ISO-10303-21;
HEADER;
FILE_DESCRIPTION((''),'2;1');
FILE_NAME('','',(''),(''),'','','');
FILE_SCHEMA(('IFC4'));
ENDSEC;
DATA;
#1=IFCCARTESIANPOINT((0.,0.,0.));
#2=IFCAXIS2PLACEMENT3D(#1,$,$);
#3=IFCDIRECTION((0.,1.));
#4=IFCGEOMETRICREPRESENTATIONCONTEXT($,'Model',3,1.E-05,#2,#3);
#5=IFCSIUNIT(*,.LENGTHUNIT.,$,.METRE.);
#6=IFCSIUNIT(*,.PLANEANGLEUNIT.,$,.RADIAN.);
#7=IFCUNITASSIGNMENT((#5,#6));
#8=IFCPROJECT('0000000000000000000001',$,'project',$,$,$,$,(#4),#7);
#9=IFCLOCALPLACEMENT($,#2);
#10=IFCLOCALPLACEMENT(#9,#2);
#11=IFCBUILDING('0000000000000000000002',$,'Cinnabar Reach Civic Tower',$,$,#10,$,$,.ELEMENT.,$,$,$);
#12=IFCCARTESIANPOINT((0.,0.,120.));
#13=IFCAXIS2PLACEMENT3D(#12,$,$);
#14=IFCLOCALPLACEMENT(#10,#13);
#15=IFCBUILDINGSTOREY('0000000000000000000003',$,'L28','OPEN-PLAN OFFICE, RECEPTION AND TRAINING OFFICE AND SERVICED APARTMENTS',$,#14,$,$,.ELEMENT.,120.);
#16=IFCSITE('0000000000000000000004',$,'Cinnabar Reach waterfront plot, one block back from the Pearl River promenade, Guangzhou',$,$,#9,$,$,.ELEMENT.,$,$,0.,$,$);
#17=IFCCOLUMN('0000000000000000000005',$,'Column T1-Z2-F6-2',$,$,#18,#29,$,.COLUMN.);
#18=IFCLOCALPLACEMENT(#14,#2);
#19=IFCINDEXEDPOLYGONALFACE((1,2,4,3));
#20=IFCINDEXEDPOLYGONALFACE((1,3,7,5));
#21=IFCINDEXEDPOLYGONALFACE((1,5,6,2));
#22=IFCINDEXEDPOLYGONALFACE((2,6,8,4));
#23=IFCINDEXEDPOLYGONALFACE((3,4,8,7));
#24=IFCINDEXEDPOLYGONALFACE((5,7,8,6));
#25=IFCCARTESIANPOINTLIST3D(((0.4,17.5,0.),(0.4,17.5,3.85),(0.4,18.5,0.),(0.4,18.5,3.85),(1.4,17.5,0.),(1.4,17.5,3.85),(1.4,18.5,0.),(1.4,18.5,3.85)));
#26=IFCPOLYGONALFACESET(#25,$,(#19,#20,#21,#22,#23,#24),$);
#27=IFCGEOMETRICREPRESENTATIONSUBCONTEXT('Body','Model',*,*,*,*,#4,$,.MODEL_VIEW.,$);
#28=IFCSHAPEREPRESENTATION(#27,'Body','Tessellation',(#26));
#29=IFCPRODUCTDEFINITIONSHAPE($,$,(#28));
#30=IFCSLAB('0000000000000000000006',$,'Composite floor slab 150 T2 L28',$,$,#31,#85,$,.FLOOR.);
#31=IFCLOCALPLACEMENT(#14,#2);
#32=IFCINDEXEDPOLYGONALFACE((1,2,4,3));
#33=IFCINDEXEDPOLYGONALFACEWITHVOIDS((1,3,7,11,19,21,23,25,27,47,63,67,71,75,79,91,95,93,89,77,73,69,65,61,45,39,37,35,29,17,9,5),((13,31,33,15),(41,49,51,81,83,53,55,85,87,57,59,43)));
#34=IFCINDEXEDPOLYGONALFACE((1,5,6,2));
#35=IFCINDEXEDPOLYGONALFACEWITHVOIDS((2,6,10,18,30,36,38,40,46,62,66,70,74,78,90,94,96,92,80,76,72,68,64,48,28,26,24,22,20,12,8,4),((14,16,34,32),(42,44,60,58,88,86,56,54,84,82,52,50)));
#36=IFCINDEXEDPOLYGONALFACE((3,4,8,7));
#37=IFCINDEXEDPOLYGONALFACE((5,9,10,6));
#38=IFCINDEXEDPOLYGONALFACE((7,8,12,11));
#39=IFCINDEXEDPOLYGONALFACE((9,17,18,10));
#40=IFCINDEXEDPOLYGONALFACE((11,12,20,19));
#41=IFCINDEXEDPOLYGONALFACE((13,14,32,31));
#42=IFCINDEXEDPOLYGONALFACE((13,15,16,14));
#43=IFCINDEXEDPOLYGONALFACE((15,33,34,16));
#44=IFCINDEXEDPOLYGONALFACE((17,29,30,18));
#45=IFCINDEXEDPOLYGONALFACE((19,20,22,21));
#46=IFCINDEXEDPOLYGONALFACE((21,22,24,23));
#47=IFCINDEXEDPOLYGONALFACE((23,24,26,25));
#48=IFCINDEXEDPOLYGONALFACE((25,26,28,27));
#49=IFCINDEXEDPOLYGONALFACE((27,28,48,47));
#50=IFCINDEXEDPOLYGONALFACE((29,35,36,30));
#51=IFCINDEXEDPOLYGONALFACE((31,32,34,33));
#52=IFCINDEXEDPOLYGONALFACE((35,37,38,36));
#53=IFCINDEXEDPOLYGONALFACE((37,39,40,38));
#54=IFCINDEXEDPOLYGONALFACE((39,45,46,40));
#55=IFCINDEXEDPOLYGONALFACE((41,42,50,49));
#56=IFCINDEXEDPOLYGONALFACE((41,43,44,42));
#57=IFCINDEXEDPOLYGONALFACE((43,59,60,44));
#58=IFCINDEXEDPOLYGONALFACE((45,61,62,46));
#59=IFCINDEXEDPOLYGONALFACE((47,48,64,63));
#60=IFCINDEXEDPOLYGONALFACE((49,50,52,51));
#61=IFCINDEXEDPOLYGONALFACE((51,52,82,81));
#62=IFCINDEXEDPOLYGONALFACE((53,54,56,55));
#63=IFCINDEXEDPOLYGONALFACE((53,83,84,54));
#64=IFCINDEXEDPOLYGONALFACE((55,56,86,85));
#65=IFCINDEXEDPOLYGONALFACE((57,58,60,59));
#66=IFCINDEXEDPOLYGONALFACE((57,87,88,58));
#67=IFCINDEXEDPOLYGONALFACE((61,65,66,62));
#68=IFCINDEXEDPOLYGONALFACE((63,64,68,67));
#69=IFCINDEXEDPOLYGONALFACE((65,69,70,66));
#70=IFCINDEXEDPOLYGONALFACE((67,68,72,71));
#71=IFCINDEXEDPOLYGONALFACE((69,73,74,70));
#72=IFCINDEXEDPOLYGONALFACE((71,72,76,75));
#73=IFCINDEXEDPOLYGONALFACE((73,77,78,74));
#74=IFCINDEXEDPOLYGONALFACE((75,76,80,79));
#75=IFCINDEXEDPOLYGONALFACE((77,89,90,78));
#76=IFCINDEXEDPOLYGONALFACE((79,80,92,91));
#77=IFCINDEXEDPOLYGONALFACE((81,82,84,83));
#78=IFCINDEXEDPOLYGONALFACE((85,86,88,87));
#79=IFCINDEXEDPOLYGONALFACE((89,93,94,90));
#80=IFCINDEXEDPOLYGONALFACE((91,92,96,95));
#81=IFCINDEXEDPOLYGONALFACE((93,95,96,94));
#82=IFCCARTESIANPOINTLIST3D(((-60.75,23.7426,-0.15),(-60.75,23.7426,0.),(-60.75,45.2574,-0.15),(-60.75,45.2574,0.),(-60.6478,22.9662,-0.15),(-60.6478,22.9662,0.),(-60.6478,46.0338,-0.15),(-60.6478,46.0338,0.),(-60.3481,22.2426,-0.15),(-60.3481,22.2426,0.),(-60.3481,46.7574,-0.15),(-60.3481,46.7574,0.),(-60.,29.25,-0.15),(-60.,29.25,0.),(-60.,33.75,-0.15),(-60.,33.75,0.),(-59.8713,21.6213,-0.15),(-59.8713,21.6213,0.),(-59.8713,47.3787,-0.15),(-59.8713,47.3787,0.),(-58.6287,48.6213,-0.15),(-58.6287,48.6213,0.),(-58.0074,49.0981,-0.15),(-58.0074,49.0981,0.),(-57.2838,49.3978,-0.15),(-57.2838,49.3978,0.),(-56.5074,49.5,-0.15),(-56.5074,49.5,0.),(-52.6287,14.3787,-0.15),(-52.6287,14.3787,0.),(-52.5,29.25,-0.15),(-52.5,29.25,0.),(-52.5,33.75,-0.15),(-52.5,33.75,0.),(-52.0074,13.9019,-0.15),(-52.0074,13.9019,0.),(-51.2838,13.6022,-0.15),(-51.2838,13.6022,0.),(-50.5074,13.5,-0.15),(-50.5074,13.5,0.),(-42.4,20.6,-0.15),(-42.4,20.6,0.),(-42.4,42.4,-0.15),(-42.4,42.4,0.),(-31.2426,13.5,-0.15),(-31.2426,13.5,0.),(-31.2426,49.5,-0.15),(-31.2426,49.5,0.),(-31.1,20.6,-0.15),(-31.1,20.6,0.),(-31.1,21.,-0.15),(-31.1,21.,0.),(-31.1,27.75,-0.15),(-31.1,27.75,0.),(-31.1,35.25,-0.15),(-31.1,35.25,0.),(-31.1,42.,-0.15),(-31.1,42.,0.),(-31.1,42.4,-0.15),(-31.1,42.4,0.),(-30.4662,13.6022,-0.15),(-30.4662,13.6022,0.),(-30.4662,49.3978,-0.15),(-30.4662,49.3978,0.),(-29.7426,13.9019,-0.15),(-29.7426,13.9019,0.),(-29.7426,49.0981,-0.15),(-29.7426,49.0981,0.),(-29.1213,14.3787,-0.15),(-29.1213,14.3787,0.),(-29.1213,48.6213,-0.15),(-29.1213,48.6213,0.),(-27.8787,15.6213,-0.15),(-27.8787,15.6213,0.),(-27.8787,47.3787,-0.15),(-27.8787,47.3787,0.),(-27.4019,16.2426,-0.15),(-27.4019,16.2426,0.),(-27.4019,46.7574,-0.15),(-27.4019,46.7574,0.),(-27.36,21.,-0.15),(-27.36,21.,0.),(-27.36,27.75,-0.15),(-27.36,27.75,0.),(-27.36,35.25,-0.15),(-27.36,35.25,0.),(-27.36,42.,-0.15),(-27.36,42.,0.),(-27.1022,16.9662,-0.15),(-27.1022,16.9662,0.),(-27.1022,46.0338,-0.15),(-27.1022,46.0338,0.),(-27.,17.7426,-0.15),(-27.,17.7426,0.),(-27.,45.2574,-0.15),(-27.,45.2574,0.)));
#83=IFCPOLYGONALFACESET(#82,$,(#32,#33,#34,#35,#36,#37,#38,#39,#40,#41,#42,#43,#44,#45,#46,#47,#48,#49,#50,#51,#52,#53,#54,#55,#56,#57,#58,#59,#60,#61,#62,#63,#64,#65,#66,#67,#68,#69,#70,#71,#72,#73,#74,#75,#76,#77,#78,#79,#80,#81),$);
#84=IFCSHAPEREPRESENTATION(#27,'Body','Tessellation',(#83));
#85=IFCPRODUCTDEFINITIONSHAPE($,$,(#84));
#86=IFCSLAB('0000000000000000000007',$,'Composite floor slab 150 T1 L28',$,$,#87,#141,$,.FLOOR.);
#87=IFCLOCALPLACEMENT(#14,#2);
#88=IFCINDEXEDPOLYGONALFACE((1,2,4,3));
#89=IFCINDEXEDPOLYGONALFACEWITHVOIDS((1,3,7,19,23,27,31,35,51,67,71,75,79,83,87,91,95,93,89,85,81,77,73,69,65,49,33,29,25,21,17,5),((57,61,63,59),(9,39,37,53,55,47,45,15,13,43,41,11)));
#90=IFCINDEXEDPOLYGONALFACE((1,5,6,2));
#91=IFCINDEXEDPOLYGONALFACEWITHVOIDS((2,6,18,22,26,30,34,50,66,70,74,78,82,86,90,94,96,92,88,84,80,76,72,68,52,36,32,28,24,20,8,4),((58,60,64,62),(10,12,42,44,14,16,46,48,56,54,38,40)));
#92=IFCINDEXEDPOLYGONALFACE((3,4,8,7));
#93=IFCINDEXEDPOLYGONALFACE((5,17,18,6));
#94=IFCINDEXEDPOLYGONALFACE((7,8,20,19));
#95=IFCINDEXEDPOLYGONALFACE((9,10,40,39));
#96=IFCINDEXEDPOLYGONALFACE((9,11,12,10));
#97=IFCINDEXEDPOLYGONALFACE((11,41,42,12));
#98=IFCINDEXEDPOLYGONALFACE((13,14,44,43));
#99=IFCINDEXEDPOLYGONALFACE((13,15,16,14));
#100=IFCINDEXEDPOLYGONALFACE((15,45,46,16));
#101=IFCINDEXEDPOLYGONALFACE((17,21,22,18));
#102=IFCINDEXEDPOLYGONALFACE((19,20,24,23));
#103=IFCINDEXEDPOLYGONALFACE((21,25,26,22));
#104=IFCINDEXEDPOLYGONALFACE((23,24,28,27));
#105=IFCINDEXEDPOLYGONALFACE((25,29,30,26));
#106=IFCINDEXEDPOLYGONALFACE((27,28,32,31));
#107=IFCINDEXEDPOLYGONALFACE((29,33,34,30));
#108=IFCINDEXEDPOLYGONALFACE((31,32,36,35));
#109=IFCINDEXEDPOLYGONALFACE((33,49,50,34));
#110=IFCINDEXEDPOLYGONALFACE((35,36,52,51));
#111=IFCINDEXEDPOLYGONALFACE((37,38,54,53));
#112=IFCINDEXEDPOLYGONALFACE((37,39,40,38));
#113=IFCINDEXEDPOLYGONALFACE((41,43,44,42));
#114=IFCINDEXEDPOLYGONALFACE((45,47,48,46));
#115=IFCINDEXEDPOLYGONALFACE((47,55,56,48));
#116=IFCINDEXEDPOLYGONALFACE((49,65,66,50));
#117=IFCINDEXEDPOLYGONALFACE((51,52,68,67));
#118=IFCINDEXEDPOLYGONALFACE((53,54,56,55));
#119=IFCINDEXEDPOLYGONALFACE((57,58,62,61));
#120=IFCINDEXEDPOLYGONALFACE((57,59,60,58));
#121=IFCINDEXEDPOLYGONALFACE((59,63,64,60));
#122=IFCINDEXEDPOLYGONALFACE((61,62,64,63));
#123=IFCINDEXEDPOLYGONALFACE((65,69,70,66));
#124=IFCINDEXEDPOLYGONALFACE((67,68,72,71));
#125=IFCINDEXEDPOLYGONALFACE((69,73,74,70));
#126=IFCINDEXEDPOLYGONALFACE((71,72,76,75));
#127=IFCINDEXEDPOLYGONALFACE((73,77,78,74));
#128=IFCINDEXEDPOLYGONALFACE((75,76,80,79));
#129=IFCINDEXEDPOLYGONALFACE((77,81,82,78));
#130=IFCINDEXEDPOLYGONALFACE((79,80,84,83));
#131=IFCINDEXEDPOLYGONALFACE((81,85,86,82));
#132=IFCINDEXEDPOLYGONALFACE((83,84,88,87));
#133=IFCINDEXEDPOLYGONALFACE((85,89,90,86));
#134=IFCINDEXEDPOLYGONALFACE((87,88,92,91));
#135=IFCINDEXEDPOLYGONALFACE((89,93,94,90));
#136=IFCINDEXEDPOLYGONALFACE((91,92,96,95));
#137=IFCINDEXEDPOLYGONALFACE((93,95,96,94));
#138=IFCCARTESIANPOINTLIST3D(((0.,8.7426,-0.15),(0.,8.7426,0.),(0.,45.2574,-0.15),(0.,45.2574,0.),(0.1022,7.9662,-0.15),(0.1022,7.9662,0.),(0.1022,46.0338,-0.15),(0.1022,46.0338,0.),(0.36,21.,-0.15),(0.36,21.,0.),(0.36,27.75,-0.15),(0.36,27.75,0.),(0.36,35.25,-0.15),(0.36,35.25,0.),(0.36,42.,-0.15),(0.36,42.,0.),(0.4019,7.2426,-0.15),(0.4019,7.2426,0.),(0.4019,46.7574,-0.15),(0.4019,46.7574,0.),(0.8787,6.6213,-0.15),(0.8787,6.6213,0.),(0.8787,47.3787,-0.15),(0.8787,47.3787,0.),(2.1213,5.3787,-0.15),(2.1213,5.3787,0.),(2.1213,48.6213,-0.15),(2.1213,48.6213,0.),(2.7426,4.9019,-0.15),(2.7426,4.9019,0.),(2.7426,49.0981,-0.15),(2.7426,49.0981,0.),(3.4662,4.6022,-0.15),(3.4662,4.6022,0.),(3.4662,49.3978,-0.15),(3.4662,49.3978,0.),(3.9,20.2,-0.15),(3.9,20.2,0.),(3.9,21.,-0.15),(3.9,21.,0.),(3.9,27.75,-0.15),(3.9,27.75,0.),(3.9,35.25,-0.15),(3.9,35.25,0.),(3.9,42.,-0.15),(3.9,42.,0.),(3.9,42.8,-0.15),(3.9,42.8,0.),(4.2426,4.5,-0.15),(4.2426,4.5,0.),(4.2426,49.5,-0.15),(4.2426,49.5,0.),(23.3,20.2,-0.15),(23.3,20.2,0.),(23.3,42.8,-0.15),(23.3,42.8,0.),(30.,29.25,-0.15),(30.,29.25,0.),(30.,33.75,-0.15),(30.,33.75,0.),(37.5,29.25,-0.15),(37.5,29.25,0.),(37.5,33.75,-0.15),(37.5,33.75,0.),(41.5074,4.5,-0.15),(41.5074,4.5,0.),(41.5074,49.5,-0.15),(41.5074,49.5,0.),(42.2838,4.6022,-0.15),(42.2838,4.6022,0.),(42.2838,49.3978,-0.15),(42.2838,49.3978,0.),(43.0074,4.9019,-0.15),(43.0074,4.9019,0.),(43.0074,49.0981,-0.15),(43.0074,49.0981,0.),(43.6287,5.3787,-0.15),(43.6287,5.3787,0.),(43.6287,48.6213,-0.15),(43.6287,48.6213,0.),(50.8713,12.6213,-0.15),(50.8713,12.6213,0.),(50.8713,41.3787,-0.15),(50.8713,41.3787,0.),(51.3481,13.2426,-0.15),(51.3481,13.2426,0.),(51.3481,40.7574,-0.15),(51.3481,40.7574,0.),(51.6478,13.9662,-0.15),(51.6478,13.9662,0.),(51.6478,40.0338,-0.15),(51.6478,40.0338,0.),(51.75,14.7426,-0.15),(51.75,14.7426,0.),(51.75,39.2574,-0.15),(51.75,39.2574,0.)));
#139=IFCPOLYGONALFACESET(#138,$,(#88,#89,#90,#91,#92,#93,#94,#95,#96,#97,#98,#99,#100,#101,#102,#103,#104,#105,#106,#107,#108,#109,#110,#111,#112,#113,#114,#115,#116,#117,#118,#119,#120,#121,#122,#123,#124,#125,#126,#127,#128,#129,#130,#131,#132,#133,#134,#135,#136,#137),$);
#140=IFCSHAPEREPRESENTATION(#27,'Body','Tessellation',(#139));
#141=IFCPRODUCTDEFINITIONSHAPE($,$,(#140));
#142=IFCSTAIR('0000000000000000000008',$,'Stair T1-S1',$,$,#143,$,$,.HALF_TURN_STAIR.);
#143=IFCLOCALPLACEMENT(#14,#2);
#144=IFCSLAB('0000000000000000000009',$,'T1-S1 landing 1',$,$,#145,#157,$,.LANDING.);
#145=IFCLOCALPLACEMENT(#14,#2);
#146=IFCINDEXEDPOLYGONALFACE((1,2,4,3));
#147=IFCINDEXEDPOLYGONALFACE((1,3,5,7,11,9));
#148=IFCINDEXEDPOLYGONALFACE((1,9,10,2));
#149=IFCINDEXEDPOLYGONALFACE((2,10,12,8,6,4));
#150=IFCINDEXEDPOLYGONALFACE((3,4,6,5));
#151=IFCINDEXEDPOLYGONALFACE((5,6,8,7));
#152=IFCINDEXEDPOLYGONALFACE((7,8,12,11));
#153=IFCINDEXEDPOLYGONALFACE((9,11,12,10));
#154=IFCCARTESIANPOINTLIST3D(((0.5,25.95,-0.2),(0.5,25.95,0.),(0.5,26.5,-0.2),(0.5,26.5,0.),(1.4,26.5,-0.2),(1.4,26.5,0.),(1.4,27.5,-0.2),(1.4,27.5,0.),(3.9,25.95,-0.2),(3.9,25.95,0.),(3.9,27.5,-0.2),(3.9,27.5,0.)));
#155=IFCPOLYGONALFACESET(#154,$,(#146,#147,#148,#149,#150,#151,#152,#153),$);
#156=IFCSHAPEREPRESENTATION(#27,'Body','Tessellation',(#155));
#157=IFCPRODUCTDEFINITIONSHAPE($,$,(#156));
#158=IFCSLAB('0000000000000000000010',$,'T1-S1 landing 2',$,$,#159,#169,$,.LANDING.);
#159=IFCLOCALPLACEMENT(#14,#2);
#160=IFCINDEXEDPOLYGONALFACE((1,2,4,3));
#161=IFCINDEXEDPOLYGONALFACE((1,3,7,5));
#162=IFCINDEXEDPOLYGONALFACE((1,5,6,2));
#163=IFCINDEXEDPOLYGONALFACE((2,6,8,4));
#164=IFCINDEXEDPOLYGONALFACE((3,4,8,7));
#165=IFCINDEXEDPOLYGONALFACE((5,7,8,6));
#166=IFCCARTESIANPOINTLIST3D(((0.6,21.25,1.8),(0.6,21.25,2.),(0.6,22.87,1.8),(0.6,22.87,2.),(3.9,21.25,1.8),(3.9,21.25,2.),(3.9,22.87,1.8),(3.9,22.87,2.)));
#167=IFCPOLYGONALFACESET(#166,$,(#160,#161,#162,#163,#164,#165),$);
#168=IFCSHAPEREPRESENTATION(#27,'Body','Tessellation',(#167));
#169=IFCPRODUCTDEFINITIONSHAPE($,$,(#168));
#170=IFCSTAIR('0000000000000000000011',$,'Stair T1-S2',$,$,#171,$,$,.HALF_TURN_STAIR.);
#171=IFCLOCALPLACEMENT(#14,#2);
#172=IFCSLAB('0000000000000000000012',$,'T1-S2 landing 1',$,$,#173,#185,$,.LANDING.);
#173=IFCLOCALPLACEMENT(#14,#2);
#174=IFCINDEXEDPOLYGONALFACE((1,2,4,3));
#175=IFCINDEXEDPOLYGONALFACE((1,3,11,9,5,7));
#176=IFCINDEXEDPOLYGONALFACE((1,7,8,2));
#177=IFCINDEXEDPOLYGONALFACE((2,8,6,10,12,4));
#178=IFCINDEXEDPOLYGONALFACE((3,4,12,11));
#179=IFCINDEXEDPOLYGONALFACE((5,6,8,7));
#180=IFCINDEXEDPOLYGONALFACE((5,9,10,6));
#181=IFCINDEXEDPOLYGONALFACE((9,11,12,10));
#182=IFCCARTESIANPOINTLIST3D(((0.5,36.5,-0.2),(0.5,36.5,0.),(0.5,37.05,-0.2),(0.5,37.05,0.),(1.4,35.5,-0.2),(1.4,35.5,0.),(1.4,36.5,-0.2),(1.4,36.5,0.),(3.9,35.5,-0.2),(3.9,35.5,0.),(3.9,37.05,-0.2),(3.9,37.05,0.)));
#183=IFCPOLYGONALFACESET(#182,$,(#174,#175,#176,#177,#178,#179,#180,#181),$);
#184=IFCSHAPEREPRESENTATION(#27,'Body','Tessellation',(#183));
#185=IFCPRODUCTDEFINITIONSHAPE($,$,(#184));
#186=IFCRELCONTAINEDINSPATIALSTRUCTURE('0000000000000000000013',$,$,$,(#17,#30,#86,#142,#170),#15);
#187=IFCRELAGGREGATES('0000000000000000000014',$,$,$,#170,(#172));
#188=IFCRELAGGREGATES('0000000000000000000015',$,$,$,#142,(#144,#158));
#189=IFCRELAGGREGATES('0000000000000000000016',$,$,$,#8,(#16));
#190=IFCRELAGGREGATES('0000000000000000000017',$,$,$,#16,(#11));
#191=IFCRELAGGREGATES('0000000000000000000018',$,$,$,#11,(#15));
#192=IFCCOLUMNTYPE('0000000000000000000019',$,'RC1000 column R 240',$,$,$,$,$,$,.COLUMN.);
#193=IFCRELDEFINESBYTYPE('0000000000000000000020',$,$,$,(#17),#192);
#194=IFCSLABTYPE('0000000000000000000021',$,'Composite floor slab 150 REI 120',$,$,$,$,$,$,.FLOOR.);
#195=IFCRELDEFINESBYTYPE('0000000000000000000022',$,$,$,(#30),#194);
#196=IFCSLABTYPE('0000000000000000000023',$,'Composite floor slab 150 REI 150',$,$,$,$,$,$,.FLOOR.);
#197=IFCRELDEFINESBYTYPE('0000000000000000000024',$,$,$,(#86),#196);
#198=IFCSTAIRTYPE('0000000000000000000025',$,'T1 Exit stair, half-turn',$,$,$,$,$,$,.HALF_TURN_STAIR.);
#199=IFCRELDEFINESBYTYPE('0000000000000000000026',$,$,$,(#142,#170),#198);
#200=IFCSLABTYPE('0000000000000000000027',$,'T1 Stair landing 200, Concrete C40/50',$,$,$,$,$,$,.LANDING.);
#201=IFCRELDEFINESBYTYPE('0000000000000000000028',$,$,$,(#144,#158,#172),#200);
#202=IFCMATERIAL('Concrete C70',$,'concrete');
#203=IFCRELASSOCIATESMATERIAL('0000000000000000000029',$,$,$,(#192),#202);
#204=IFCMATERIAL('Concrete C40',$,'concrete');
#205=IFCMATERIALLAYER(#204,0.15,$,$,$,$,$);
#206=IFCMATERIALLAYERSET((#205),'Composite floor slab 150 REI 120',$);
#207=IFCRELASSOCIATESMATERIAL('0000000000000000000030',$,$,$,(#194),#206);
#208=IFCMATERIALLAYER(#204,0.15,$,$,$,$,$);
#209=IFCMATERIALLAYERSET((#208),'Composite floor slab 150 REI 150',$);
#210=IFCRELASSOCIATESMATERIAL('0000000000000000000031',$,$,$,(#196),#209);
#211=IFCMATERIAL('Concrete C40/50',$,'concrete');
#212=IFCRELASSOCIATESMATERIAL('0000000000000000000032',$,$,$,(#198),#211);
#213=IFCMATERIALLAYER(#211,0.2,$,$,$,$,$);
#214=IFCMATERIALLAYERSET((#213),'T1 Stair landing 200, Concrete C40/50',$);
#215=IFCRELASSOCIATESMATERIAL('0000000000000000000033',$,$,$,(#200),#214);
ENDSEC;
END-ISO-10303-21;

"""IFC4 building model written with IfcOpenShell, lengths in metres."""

from ifc_helpers import new_model, si_unit, direction, frame, origin, origin_2d, place, context, subcontext, project, spatial, polyline, rectangle, outline, extrude, material, layer, layer_set, material_profile, profile_set, type_object, element, aggregate, save


model = new_model("IFC4")

# Units and contexts
model_context = context("Model", 3, precision=1e-05, world=origin(), true_north=direction((0.0, 1.0)))
body_context = subcontext(model_context, "Body", "Model", "MODEL_VIEW")
ifc_project = project(units=[si_unit("LENGTHUNIT", "METRE"), si_unit("PLANEANGLEUNIT", "RADIAN")], contexts=[model_context])

# Site, building, storey
site_placement = place(None, origin())
site = spatial("IfcSite", under=ifc_project, at=site_placement, Name="Cinnabar Reach waterfront plot, one block back from the Pearl River promenade, Guangzhou", CompositionType="ELEMENT", RefElevation=0.0)
building_placement = place(site_placement, origin())
building = spatial("IfcBuilding", under=site, at=building_placement, Name="Cinnabar Reach Civic Tower", CompositionType="ELEMENT")
storey_placement = place(building_placement, frame((0.0, 0.0, 120.0)))
storey = spatial("IfcBuildingStorey", under=building, at=storey_placement, Name="L28", Description="OPEN-PLAN OFFICE, RECEPTION AND TRAINING OFFICE AND SERVICED APARTMENTS", CompositionType="ELEMENT", Elevation=120.0)

# Column
ifc_material_1 = material(Name="Concrete C70", Category="concrete")
ifc_material_profile = material_profile(ifc_material_1, rectangle(XDim=1.0, YDim=1.0, at=origin_2d()), Name="RC1000")
ifc_profile_set = profile_set([ifc_material_profile], Name="Concrete C70")
column_type = type_object("IfcColumnType", Name="RC1000 column R 240", PredefinedType="COLUMN", material=ifc_profile_set)
column_placement = place(storey_placement, frame((0.9, 18.0, 0.0), z_axis=(0.0, 0.0, 1.0), x_axis=(1.0, 0.0, 0.0)))
element("IfcColumn", 1, at=column_placement, inside=storey, type_object=column_type, Name="Column T1-Z2-F6-2", PredefinedType="COLUMN", context=body_context, shape_type="SweptSolid", body=[
    extrude(rectangle(XDim=1.0, YDim=1.0, at=origin_2d()), origin(), (0.0, 0.0, 1.0), 3.85),
])

# Slabs
ifc_material_2 = material(Name="Concrete C40", Category="concrete")
ifc_layer_1 = layer(ifc_material_2, 0.15)
ifc_layer_set_1 = layer_set([ifc_layer_1], Name="Composite floor slab 150 REI 120")
slab_type_1 = type_object("IfcSlabType", Name="Composite floor slab 150 REI 120", PredefinedType="FLOOR", material=ifc_layer_set_1)
slab_1_placement = place(storey_placement, frame((0.0, 0.0, -0.15)))
element("IfcSlab", 2, at=slab_1_placement, inside=storey, type_object=slab_type_1, Name="Composite floor slab 150 T2 L28", PredefinedType="FLOOR", context=body_context, shape_type="SweptSolid", body=[
    extrude(outline(polyline([(-59.8713, 21.6213), (-60.3481, 22.2426), (-60.6478, 22.9662), (-60.75, 23.7426), (-60.75, 45.2574), (-60.6478, 46.0338), (-60.3481, 46.7574), (-59.8713, 47.3787), (-58.6287, 48.6213), (-58.0074, 49.0981), (-57.2838, 49.3978), (-56.5074, 49.5), (-31.2426, 49.5), (-30.4662, 49.3978), (-29.7426, 49.0981), (-29.1213, 48.6213), (-27.8787, 47.3787), (-27.4019, 46.7574), (-27.1022, 46.0338), (-27.0, 45.2574), (-27.0, 17.7426), (-27.1022, 16.9662), (-27.4019, 16.2426), (-27.8787, 15.6213), (-29.1213, 14.3787), (-29.7426, 13.9019), (-30.4662, 13.6022), (-31.2426, 13.5), (-50.5074, 13.5), (-51.2838, 13.6022), (-52.0074, 13.9019), (-52.6287, 14.3787), (-59.8713, 21.6213)]), holes=[polyline([(-31.1, 27.75), (-31.1, 35.25), (-27.36, 35.25), (-27.36, 42.0), (-31.1, 42.0), (-31.1, 42.4), (-42.4, 42.4), (-42.4, 20.6), (-31.1, 20.6), (-31.1, 21.0), (-27.36, 21.0), (-27.36, 27.75), (-31.1, 27.75)]), polyline([(-60.0, 33.75), (-60.0, 29.25), (-52.5, 29.25), (-52.5, 33.75), (-60.0, 33.75)])]), origin(), (0.0, 0.0, 1.0), 0.15),
])
ifc_layer_2 = layer(ifc_material_2, 0.15)
ifc_layer_set_2 = layer_set([ifc_layer_2], Name="Composite floor slab 150 REI 150")
slab_type_2 = type_object("IfcSlabType", Name="Composite floor slab 150 REI 150", PredefinedType="FLOOR", material=ifc_layer_set_2)
slab_2_placement = place(storey_placement, frame((0.0, 0.0, -0.15)))
element("IfcSlab", 3, at=slab_2_placement, inside=storey, type_object=slab_type_2, Name="Composite floor slab 150 T1 L28", PredefinedType="FLOOR", context=body_context, shape_type="SweptSolid", body=[
    extrude(outline(polyline([(0.8787, 6.6213), (0.4019, 7.2426), (0.1022, 7.9662), (0.0, 8.7426), (0.0, 45.2574), (0.1022, 46.0338), (0.4019, 46.7574), (0.8787, 47.3787), (2.1213, 48.6213), (2.7426, 49.0981), (3.4662, 49.3978), (4.2426, 49.5), (41.5074, 49.5), (42.2838, 49.3978), (43.0074, 49.0981), (43.6287, 48.6213), (50.8713, 41.3787), (51.3481, 40.7574), (51.6478, 40.0338), (51.75, 39.2574), (51.75, 14.7426), (51.6478, 13.9662), (51.3481, 13.2426), (50.8713, 12.6213), (43.6287, 5.3787), (43.0074, 4.9019), (42.2838, 4.6022), (41.5074, 4.5), (4.2426, 4.5), (3.4662, 4.6022), (2.7426, 4.9019), (2.1213, 5.3787), (0.8787, 6.6213)]), holes=[polyline([(0.36, 21.0), (3.9, 21.0), (3.9, 20.2), (23.3, 20.2), (23.3, 42.8), (3.9, 42.8), (3.9, 42.0), (0.36, 42.0), (0.36, 35.25), (3.9, 35.25), (3.9, 27.75), (0.36, 27.75), (0.36, 21.0)]), polyline([(30.0, 33.75), (30.0, 29.25), (37.5, 29.25), (37.5, 33.75), (30.0, 33.75)])]), origin(), (0.0, 0.0, 1.0), 0.15),
])

# Stairs, slabs
ifc_material_3 = material(Name="Concrete C40/50", Category="concrete")
stair_type_1 = type_object("IfcStairType", Name="T1 Exit stair, half-turn", PredefinedType="HALF_TURN_STAIR", material=ifc_material_3)
stair_1_placement = place(storey_placement, origin())
stair_1 = element("IfcStair", 4, at=stair_1_placement, inside=storey, type_object=stair_type_1, Name="Stair T1-S1", PredefinedType="HALF_TURN_STAIR")
ifc_layer_3 = layer(ifc_material_3, 0.2)
ifc_layer_set_3 = layer_set([ifc_layer_3], Name="T1 Stair landing 200, Concrete C40/50")
slab_type_3 = type_object("IfcSlabType", Name="T1 Stair landing 200, Concrete C40/50", PredefinedType="LANDING", material=ifc_layer_set_3)
slab_3_placement = place(storey_placement, frame((0.0, 0.0, -0.2)))
slab_3 = element("IfcSlab", 5, at=slab_3_placement, type_object=slab_type_3, Name="T1-S1 landing 1", PredefinedType="LANDING", context=body_context, shape_type="SweptSolid", body=[
    extrude(outline(polyline([(3.9, 27.5), (3.9, 25.95), (0.5, 25.95), (0.5, 26.5), (1.4, 26.5), (1.4, 27.5), (3.9, 27.5)])), origin(), (0.0, 0.0, 1.0), 0.2),
])
slab_4_placement = place(storey_placement, frame((0.0, 0.0, 1.8)))
slab_4 = element("IfcSlab", 6, at=slab_4_placement, type_object=slab_type_3, Name="T1-S1 landing 2", PredefinedType="LANDING", context=body_context, shape_type="SweptSolid", body=[
    extrude(outline(polyline([(0.6, 21.25), (0.6, 22.87), (3.9, 22.87), (3.9, 21.25), (0.6, 21.25)])), origin(), (0.0, 0.0, 1.0), 0.2),
])
stair_2_placement = place(storey_placement, origin())
stair_2 = element("IfcStair", 7, at=stair_2_placement, inside=storey, type_object=stair_type_1, Name="Stair T1-S2", PredefinedType="HALF_TURN_STAIR")
slab_5_placement = place(storey_placement, frame((0.0, 0.0, -0.2)))
slab_5 = element("IfcSlab", 8, at=slab_5_placement, type_object=slab_type_3, Name="T1-S2 landing 1", PredefinedType="LANDING", context=body_context, shape_type="SweptSolid", body=[
    extrude(outline(polyline([(0.5, 37.05), (3.9, 37.05), (3.9, 35.5), (1.4, 35.5), (1.4, 36.5), (0.5, 36.5), (0.5, 37.05)])), origin(), (0.0, 0.0, 1.0), 0.2),
])
aggregate(stair_2, [slab_5])

aggregate(stair_1, [slab_3, slab_4])

save(model, "model.ifc")
